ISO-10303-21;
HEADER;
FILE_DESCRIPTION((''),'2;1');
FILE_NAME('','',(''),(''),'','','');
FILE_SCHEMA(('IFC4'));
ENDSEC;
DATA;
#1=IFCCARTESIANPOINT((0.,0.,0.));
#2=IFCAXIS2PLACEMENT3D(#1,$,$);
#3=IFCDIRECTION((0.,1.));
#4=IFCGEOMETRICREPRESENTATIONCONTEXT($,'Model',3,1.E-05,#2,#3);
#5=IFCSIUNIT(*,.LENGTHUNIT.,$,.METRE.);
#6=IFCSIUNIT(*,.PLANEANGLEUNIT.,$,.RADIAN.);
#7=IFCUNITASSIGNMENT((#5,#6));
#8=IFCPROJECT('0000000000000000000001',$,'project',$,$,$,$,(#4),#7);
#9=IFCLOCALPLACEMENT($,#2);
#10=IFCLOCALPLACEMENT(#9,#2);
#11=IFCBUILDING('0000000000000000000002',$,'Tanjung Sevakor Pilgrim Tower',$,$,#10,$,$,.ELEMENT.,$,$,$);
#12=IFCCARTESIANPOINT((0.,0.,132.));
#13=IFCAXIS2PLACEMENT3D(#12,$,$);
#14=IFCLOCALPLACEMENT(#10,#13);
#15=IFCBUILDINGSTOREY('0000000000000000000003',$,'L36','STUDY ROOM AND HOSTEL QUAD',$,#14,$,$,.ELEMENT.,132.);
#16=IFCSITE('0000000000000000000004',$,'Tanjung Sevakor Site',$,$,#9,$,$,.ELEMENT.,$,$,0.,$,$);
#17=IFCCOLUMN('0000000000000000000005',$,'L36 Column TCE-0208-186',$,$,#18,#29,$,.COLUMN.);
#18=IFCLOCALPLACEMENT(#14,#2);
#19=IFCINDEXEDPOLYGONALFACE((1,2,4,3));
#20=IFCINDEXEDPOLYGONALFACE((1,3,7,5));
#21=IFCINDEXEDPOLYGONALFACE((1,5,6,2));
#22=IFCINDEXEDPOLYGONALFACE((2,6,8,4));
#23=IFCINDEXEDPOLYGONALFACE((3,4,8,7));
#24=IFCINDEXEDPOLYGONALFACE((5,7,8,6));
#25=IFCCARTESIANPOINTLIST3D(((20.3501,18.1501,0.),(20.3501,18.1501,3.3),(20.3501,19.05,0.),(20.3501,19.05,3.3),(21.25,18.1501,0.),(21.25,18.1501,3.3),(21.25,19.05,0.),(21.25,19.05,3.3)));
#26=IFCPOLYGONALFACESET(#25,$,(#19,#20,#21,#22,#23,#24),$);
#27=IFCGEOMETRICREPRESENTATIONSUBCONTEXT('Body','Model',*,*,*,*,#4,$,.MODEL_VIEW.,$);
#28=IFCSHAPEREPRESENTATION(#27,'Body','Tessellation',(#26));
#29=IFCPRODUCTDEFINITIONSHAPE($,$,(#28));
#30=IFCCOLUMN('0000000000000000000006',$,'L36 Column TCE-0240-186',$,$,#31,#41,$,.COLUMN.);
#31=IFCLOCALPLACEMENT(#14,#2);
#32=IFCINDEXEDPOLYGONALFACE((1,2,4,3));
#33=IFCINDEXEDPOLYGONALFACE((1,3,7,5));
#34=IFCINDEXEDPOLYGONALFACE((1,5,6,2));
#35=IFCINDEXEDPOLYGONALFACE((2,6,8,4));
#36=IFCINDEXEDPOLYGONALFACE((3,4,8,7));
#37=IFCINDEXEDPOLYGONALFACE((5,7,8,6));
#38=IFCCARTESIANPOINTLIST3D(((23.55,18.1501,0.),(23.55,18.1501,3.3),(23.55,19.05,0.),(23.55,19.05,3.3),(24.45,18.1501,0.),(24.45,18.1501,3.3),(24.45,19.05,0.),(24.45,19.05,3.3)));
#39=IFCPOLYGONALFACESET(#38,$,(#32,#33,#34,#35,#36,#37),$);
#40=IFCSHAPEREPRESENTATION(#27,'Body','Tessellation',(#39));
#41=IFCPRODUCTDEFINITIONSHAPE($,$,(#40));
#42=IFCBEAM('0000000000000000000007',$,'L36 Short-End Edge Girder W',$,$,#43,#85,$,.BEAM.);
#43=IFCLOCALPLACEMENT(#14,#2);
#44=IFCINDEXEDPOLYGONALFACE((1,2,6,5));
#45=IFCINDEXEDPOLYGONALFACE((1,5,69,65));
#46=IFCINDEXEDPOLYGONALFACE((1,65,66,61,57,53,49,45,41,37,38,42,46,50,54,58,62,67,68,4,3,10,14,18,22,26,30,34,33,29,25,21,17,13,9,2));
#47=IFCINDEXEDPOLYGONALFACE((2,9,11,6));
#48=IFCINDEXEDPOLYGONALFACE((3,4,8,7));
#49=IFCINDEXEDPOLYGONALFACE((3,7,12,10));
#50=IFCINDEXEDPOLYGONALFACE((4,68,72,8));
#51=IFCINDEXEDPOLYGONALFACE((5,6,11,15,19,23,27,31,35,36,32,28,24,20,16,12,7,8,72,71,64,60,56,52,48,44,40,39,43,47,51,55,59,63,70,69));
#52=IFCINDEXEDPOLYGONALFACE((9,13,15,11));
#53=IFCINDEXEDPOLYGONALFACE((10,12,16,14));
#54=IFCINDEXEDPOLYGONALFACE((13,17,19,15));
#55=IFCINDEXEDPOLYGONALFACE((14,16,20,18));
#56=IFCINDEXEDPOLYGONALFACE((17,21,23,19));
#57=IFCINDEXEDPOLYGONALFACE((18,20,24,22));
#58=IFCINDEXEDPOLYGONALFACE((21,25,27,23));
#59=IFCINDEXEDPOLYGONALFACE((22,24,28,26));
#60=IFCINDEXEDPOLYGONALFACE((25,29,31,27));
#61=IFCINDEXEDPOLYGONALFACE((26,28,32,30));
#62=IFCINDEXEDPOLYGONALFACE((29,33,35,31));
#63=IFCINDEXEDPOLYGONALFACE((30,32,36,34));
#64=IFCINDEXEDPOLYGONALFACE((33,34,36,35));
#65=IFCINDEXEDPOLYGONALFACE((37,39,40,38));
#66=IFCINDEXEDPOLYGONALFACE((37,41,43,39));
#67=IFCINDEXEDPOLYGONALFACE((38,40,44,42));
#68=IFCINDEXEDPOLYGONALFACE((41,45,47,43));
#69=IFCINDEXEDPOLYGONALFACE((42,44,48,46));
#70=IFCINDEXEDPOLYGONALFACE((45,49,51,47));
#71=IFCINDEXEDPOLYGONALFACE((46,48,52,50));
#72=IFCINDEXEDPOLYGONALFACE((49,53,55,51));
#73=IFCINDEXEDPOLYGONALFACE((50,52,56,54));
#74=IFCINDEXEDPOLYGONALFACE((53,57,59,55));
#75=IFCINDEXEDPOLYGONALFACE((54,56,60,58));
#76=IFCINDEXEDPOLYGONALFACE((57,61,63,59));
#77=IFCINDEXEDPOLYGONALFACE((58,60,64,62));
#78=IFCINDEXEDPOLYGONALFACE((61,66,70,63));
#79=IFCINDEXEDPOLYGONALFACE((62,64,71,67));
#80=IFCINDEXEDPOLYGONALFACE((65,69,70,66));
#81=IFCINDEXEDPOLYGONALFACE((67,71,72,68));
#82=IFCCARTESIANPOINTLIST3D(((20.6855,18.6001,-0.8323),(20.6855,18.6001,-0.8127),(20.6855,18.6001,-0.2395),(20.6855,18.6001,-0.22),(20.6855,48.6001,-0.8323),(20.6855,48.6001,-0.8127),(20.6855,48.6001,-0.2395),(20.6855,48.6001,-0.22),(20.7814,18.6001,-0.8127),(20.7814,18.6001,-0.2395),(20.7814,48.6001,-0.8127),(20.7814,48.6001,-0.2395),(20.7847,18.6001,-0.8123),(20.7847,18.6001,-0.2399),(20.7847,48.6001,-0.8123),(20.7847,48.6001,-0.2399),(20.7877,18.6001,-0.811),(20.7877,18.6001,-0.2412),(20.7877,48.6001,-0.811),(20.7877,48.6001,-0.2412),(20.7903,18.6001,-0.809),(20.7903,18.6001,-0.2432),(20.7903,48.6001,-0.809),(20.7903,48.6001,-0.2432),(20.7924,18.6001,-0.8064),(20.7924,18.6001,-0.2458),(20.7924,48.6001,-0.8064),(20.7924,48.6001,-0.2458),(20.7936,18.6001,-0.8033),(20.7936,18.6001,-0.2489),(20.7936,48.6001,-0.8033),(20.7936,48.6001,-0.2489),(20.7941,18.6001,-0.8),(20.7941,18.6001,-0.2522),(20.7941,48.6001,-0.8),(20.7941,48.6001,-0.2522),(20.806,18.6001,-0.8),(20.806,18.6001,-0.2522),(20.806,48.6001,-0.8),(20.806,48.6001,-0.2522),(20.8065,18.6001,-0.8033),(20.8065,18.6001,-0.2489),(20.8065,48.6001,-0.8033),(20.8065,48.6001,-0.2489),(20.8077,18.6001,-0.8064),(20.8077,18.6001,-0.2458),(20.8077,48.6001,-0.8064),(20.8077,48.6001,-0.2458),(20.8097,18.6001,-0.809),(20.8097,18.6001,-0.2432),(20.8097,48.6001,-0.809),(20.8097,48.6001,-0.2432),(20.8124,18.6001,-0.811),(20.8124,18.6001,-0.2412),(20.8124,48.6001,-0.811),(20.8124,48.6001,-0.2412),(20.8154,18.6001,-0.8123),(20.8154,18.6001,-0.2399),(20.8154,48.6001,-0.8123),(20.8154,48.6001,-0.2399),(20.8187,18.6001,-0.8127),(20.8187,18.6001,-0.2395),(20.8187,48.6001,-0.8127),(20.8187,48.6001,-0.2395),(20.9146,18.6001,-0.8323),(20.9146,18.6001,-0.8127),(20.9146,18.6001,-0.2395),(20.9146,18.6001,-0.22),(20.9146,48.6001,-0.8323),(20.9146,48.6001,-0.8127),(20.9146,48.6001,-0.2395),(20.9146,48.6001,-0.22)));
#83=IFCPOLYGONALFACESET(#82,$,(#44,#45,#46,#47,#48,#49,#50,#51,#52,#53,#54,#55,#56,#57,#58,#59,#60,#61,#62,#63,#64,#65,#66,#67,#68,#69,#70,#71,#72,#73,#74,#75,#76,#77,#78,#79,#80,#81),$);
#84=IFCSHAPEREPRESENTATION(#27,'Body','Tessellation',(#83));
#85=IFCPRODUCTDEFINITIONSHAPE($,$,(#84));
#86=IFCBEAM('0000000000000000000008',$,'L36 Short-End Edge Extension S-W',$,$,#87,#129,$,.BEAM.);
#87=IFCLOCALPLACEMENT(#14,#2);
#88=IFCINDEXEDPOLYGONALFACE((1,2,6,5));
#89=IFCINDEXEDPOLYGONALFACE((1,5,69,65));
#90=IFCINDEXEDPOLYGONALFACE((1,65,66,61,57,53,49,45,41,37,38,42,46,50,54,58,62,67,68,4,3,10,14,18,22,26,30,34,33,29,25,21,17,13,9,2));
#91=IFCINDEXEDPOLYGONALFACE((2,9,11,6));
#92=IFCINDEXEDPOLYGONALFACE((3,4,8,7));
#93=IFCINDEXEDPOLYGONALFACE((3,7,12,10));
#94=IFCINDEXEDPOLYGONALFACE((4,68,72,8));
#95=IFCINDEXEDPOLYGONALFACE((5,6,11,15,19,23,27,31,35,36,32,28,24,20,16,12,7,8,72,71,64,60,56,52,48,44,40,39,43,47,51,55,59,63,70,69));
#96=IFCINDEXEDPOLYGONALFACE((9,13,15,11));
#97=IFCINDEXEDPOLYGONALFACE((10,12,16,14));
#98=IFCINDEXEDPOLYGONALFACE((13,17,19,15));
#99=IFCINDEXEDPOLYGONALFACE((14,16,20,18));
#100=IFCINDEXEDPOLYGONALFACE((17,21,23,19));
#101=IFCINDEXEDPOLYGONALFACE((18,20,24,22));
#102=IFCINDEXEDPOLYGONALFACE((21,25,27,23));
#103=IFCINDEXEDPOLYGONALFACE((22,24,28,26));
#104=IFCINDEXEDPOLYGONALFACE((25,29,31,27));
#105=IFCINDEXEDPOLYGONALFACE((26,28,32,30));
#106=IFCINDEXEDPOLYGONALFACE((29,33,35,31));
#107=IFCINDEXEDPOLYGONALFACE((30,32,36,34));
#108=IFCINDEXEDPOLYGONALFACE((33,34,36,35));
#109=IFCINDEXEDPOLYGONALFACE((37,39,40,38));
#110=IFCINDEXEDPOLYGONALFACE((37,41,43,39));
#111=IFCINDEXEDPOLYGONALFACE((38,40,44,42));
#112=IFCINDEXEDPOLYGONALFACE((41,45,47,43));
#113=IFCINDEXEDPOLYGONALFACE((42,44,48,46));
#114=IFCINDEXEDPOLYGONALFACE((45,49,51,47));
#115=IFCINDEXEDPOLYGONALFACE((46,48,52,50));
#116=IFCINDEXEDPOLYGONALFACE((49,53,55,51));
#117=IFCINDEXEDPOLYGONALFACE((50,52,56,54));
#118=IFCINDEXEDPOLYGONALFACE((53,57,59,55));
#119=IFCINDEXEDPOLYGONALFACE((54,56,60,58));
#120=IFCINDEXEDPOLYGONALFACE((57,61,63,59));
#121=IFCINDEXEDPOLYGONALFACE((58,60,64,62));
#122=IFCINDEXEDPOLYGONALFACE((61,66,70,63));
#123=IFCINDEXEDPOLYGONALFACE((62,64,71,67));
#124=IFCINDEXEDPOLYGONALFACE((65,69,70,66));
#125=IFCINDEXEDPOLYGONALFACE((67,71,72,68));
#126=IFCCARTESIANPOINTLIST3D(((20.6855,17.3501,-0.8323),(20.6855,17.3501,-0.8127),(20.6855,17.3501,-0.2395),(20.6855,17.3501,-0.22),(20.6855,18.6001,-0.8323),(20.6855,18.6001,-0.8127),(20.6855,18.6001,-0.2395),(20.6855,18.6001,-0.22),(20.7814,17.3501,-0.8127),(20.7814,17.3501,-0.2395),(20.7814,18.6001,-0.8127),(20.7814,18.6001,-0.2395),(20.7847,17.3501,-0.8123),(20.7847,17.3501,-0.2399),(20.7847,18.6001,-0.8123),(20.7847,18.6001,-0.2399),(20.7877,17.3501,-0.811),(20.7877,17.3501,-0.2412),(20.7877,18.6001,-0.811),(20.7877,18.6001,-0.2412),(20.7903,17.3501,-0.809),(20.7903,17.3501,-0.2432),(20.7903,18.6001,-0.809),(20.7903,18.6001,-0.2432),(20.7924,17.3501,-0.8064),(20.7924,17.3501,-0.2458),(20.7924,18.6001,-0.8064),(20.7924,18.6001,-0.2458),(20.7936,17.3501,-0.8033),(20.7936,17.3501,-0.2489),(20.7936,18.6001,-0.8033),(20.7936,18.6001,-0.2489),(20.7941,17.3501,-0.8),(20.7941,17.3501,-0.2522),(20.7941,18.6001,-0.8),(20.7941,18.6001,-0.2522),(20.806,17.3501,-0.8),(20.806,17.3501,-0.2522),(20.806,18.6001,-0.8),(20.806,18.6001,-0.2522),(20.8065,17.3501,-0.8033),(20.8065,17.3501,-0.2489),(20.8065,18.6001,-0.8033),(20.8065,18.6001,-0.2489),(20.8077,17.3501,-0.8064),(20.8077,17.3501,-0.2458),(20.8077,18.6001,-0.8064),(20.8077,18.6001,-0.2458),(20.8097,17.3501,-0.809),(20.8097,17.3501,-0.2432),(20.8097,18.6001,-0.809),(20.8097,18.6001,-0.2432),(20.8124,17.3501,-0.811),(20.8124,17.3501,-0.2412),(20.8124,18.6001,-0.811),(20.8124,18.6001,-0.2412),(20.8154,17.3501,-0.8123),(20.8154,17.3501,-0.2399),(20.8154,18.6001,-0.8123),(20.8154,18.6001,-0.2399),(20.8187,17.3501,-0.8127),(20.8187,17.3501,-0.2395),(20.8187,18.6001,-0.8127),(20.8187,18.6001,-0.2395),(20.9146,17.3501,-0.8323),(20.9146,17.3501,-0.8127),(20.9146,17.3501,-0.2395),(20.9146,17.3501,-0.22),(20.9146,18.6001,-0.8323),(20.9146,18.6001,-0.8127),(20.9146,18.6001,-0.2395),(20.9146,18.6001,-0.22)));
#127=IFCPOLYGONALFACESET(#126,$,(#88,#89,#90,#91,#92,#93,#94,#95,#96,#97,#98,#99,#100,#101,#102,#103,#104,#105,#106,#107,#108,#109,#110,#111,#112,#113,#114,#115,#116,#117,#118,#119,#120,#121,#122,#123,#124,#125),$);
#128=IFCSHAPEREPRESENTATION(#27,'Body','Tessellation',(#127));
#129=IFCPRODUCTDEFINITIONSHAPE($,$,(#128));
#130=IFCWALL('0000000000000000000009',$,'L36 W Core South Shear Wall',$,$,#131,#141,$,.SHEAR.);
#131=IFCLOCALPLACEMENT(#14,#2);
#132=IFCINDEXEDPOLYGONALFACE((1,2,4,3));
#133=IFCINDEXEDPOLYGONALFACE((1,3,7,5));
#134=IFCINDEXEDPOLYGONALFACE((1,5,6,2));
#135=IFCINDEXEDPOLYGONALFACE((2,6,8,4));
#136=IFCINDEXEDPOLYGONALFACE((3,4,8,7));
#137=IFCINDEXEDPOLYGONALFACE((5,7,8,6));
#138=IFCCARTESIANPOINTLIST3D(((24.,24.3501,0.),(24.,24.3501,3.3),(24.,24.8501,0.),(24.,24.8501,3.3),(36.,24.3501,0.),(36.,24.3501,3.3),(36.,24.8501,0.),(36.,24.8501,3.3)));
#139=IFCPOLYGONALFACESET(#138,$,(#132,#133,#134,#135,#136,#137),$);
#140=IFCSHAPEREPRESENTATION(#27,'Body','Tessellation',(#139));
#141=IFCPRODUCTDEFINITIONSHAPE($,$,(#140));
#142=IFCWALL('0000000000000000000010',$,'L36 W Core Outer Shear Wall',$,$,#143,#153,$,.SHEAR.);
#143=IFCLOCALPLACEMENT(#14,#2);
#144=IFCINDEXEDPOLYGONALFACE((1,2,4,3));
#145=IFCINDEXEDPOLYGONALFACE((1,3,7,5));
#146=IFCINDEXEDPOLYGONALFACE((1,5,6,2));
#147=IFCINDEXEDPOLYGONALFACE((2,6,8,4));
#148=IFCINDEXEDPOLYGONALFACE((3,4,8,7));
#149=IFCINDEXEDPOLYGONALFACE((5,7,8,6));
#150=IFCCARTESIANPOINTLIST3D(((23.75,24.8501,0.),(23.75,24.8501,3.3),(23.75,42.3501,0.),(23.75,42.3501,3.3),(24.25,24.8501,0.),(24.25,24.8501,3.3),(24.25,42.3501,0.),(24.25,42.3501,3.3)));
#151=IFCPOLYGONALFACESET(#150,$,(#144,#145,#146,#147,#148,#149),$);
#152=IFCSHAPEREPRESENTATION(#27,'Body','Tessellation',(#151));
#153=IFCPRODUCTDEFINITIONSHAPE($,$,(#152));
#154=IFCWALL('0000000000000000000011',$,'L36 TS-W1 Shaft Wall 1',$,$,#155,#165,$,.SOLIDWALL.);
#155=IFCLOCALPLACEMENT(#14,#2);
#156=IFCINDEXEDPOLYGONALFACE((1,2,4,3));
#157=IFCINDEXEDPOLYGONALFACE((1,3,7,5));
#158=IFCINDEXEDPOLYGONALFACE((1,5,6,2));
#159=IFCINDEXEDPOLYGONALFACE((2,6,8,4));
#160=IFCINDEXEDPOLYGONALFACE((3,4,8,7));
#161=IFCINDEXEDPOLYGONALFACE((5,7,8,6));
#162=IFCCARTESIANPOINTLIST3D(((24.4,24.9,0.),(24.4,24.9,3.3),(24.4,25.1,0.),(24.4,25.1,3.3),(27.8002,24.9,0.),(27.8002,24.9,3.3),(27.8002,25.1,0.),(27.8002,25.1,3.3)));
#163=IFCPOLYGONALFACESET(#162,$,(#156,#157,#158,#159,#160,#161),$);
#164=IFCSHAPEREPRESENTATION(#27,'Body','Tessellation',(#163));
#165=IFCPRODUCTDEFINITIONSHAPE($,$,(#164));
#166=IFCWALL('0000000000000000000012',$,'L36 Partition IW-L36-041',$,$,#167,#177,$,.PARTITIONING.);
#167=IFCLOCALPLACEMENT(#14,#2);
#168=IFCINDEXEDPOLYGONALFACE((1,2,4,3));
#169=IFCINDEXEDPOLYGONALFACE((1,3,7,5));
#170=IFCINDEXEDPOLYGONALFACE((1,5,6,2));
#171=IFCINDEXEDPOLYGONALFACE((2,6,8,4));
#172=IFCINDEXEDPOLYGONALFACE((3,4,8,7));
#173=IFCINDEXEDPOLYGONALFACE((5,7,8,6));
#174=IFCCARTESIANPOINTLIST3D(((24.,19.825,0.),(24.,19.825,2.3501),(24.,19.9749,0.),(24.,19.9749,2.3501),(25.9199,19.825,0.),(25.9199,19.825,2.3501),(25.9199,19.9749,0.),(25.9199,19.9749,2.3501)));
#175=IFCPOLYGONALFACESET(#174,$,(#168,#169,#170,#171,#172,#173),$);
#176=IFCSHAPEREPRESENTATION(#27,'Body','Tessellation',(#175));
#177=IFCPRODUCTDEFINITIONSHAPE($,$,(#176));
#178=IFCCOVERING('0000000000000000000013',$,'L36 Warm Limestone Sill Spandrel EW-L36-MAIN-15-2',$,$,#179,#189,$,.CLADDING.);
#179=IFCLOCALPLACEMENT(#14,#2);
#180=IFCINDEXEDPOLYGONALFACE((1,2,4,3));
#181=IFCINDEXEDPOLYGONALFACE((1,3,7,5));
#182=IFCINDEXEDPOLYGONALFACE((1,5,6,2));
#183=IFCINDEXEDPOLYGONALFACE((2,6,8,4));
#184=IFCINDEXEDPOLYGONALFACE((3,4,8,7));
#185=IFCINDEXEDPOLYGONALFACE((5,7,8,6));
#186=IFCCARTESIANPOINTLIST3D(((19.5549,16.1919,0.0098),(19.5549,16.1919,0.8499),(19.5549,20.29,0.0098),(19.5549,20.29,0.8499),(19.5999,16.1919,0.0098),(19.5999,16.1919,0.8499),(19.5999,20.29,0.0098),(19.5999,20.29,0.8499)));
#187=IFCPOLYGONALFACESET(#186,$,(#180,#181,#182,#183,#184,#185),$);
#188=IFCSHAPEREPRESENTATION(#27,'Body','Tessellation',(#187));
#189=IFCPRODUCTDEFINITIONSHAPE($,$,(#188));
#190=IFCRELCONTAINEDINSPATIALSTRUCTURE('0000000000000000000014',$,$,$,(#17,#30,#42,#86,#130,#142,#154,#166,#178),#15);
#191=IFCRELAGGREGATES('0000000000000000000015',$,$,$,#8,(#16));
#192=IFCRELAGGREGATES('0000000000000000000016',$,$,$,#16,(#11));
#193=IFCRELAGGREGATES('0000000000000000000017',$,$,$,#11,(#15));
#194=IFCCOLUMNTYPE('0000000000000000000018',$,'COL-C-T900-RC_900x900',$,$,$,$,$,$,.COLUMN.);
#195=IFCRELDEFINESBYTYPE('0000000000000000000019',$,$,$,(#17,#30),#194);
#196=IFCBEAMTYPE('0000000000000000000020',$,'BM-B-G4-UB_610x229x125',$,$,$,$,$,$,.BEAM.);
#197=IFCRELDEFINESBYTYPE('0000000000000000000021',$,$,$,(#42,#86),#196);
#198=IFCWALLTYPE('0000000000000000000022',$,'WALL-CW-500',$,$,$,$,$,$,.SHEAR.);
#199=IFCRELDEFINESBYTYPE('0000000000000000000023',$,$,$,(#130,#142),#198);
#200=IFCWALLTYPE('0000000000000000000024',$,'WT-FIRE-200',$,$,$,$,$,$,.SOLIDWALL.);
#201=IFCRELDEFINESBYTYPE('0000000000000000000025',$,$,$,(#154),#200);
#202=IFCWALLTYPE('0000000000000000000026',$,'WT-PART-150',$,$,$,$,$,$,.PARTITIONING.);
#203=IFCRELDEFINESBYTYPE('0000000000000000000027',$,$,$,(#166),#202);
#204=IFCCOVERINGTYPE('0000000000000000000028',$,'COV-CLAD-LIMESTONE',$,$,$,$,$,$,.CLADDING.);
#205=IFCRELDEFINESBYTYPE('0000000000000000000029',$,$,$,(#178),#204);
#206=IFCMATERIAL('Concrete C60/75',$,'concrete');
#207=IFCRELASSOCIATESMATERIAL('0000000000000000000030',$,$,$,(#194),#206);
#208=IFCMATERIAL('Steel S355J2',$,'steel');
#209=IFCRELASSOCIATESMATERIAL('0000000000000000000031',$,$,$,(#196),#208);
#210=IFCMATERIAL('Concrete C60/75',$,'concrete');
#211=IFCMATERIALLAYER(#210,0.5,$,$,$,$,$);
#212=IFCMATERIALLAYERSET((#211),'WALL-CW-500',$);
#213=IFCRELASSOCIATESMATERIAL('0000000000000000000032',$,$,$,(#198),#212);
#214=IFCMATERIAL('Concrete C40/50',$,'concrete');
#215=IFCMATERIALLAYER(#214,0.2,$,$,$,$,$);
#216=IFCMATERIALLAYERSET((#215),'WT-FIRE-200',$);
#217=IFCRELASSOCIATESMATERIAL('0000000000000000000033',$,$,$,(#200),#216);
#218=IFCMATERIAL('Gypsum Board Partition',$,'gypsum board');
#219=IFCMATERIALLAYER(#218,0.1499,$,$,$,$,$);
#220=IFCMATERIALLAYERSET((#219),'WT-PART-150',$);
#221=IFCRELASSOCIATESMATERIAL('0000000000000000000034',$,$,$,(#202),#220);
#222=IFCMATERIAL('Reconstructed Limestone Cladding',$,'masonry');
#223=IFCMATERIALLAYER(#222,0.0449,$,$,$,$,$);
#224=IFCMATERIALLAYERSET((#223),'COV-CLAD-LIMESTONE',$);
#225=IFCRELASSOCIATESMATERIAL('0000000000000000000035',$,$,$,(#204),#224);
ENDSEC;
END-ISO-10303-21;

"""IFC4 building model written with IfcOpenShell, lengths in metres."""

from ifc_helpers import new_model, si_unit, direction, frame, frame_2d, origin, origin_2d, place, context, subcontext, project, spatial, rectangle, i_section, extrude, material, layer, layer_set, material_profile, profile_set, type_object, element, save


model = new_model("IFC4")

# Units and contexts
model_context = context("Model", 3, precision=1e-05, world=origin(), true_north=direction((0.0, 1.0)))
body_context = subcontext(model_context, "Body", "Model", "MODEL_VIEW")
ifc_project = project(units=[si_unit("LENGTHUNIT", "METRE"), si_unit("PLANEANGLEUNIT", "RADIAN")], contexts=[model_context])

# Site, building, storey
site_placement = place(None, origin())
site = spatial("IfcSite", under=ifc_project, at=site_placement, Name="Tanjung Sevakor Site", CompositionType="ELEMENT", RefElevation=0.0)
building_placement = place(site_placement, origin())
building = spatial("IfcBuilding", under=site, at=building_placement, Name="Tanjung Sevakor Pilgrim Tower", CompositionType="ELEMENT")
storey_placement = place(building_placement, frame((0.0, 0.0, 132.0)))
storey = spatial("IfcBuildingStorey", under=building, at=storey_placement, Name="L36", Description="STUDY ROOM AND HOSTEL QUAD", CompositionType="ELEMENT", Elevation=132.0)

# Columns
ifc_material_1 = material(Name="Concrete C60/75", Category="concrete")
ifc_material_profile_1 = material_profile(ifc_material_1, rectangle(XDim=0.8999, YDim=0.8999, at=origin_2d()))
ifc_profile_set_1 = profile_set([ifc_material_profile_1], Name="Concrete C60/75")
column_type = type_object("IfcColumnType", Name="COL-C-T900-RC_900x900", PredefinedType="COLUMN", material=ifc_profile_set_1)
for number, where, z_axis, x_axis, name in (
    (1, (20.8, 18.6001, 0.0), (0.0, 0.0, 1.0), (1.0, 0.0, 0.0), "L36 Column TCE-0208-186"),
    (2, (24.0, 18.6001, 0.0), (0.0, 0.0, 1.0), (1.0, 0.0, 0.0), "L36 Column TCE-0240-186"),
):
    element("IfcColumn", number, at=place(storey_placement, frame(where, z_axis=z_axis, x_axis=x_axis)), inside=storey, type_object=column_type, Name=name, PredefinedType="COLUMN", context=body_context, shape_type="SweptSolid", body=[
        extrude(rectangle(XDim=0.8999, YDim=0.8999, at=origin_2d()), origin(), (0.0, 0.0, 1.0), 3.3),
    ])

# Beams
ifc_material_2 = material(Name="Steel S355J2", Category="steel")
ifc_material_profile_2 = material_profile(ifc_material_2, i_section(OverallWidth=0.229, OverallDepth=0.6123, WebThickness=0.012, FlangeThickness=0.0195, FilletRadius=0.0127, at=origin_2d()))
ifc_profile_set_2 = profile_set([ifc_material_profile_2], Name="Steel S355J2")
beam_type = type_object("IfcBeamType", Name="BM-B-G4-UB_610x229x125", PredefinedType="BEAM", material=ifc_profile_set_2)
beam_1_placement = place(storey_placement, frame((20.8, 18.6001, -0.5261), z_axis=(0.0, 1.0, 0.0), x_axis=(-1.0, 0.0, 0.0)))
element("IfcBeam", 3, at=beam_1_placement, inside=storey, type_object=beam_type, Name="L36 Short-End Edge Girder W", PredefinedType="BEAM", context=body_context, shape_type="SweptSolid", body=[
    extrude(i_section(OverallWidth=0.229, OverallDepth=0.6123, WebThickness=0.012, FlangeThickness=0.0195, FilletRadius=0.0127, at=origin_2d()), origin(), (0.0, 0.0, 1.0), 30.0),
])
beam_2_placement = place(storey_placement, frame((20.8, 18.6001, -0.5261), z_axis=(0.0, -1.0, 0.0), x_axis=(1.0, 0.0, 0.0)))
element("IfcBeam", 4, at=beam_2_placement, inside=storey, type_object=beam_type, Name="L36 Short-End Edge Extension S-W", PredefinedType="BEAM", context=body_context, shape_type="SweptSolid", body=[
    extrude(i_section(OverallWidth=0.229, OverallDepth=0.6123, WebThickness=0.012, FlangeThickness=0.0195, FilletRadius=0.0127, at=origin_2d()), origin(), (0.0, 0.0, 1.0), 1.25),
])

# Walls
ifc_material_3 = material(Name="Concrete C60/75", Category="concrete")
ifc_layer_1 = layer(ifc_material_3, 0.5)
ifc_layer_set_1 = layer_set([ifc_layer_1], Name="WALL-CW-500")
wall_type_1 = type_object("IfcWallType", Name="WALL-CW-500", PredefinedType="SHEAR", material=ifc_layer_set_1)
wall_1_placement = place(storey_placement, frame((24.0, 24.6001, 0.0), z_axis=(0.0, 0.0, 1.0), x_axis=(1.0, 0.0, 0.0)))
element("IfcWall", 5, at=wall_1_placement, inside=storey, type_object=wall_type_1, Name="L36 W Core South Shear Wall", PredefinedType="SHEAR", context=body_context, shape_type="SweptSolid", body=[
    extrude(rectangle(XDim=12.0, YDim=0.5, at=frame_2d((6.0, 0.0))), origin(), (0.0, 0.0, 1.0), 3.3),
])
wall_2_placement = place(storey_placement, frame((24.0, 24.8501, 0.0), z_axis=(0.0, 0.0, 1.0), x_axis=(0.0, 1.0, 0.0)))
element("IfcWall", 6, at=wall_2_placement, inside=storey, type_object=wall_type_1, Name="L36 W Core Outer Shear Wall", PredefinedType="SHEAR", context=body_context, shape_type="SweptSolid", body=[
    extrude(rectangle(XDim=17.5, YDim=0.5, at=frame_2d((8.75, 0.0))), origin(), (0.0, 0.0, 1.0), 3.3),
])

# Walls
ifc_material_4 = material(Name="Concrete C40/50", Category="concrete")
ifc_layer_2 = layer(ifc_material_4, 0.2)
ifc_layer_set_2 = layer_set([ifc_layer_2], Name="WT-FIRE-200")
wall_type_2 = type_object("IfcWallType", Name="WT-FIRE-200", PredefinedType="SOLIDWALL", material=ifc_layer_set_2)
wall_3_placement = place(storey_placement, frame((24.3999, 25.0, 0.0), z_axis=(0.0, 0.0, 1.0), x_axis=(1.0, 0.0, 0.0)))
element("IfcWall", 7, at=wall_3_placement, inside=storey, type_object=wall_type_2, Name="L36 TS-W1 Shaft Wall 1", PredefinedType="SOLIDWALL", context=body_context, shape_type="SweptSolid", body=[
    extrude(rectangle(XDim=3.4001, YDim=0.2, at=frame_2d((1.7002, 0.0))), origin(), (0.0, 0.0, 1.0), 3.3),
])
ifc_material_5 = material(Name="Gypsum Board Partition", Category="gypsum board")
ifc_layer_3 = layer(ifc_material_5, 0.1499)
ifc_layer_set_3 = layer_set([ifc_layer_3], Name="WT-PART-150")
wall_type_3 = type_object("IfcWallType", Name="WT-PART-150", PredefinedType="PARTITIONING", material=ifc_layer_set_3)
wall_4_placement = place(storey_placement, frame((24.0, 19.8999, 0.0), z_axis=(0.0, 0.0, 1.0), x_axis=(1.0, 0.0, 0.0)))
element("IfcWall", 8, at=wall_4_placement, inside=storey, type_object=wall_type_3, Name="L36 Partition IW-L36-041", PredefinedType="PARTITIONING", context=body_context, shape_type="SweptSolid", body=[
    extrude(rectangle(XDim=1.9199, YDim=0.1499, at=frame_2d((0.96, 0.0))), origin(), (0.0, 0.0, 1.0), 2.3501),
])

# Covering
ifc_material_6 = material(Name="Reconstructed Limestone Cladding", Category="masonry")
ifc_layer_4 = layer(ifc_material_6, 0.0449)
ifc_layer_set_4 = layer_set([ifc_layer_4], Name="COV-CLAD-LIMESTONE")
covering_type = type_object("IfcCoveringType", Name="COV-CLAD-LIMESTONE", PredefinedType="CLADDING", material=ifc_layer_set_4)
covering_placement = place(storey_placement, frame((19.5774, 18.241, 0.0098), z_axis=(0.0, 0.0, 1.0), x_axis=(0.0, -1.0, 0.0)))
element("IfcCovering", 9, at=covering_placement, inside=storey, type_object=covering_type, Name="L36 Warm Limestone Sill Spandrel EW-L36-MAIN-15-2", PredefinedType="CLADDING", context=body_context, shape_type="SweptSolid", body=[
    extrude(rectangle(XDim=4.0981, YDim=0.0449, at=origin_2d()), origin(), (0.0, 0.0, 1.0), 0.8401),
])

save(model, "model.ifc")
